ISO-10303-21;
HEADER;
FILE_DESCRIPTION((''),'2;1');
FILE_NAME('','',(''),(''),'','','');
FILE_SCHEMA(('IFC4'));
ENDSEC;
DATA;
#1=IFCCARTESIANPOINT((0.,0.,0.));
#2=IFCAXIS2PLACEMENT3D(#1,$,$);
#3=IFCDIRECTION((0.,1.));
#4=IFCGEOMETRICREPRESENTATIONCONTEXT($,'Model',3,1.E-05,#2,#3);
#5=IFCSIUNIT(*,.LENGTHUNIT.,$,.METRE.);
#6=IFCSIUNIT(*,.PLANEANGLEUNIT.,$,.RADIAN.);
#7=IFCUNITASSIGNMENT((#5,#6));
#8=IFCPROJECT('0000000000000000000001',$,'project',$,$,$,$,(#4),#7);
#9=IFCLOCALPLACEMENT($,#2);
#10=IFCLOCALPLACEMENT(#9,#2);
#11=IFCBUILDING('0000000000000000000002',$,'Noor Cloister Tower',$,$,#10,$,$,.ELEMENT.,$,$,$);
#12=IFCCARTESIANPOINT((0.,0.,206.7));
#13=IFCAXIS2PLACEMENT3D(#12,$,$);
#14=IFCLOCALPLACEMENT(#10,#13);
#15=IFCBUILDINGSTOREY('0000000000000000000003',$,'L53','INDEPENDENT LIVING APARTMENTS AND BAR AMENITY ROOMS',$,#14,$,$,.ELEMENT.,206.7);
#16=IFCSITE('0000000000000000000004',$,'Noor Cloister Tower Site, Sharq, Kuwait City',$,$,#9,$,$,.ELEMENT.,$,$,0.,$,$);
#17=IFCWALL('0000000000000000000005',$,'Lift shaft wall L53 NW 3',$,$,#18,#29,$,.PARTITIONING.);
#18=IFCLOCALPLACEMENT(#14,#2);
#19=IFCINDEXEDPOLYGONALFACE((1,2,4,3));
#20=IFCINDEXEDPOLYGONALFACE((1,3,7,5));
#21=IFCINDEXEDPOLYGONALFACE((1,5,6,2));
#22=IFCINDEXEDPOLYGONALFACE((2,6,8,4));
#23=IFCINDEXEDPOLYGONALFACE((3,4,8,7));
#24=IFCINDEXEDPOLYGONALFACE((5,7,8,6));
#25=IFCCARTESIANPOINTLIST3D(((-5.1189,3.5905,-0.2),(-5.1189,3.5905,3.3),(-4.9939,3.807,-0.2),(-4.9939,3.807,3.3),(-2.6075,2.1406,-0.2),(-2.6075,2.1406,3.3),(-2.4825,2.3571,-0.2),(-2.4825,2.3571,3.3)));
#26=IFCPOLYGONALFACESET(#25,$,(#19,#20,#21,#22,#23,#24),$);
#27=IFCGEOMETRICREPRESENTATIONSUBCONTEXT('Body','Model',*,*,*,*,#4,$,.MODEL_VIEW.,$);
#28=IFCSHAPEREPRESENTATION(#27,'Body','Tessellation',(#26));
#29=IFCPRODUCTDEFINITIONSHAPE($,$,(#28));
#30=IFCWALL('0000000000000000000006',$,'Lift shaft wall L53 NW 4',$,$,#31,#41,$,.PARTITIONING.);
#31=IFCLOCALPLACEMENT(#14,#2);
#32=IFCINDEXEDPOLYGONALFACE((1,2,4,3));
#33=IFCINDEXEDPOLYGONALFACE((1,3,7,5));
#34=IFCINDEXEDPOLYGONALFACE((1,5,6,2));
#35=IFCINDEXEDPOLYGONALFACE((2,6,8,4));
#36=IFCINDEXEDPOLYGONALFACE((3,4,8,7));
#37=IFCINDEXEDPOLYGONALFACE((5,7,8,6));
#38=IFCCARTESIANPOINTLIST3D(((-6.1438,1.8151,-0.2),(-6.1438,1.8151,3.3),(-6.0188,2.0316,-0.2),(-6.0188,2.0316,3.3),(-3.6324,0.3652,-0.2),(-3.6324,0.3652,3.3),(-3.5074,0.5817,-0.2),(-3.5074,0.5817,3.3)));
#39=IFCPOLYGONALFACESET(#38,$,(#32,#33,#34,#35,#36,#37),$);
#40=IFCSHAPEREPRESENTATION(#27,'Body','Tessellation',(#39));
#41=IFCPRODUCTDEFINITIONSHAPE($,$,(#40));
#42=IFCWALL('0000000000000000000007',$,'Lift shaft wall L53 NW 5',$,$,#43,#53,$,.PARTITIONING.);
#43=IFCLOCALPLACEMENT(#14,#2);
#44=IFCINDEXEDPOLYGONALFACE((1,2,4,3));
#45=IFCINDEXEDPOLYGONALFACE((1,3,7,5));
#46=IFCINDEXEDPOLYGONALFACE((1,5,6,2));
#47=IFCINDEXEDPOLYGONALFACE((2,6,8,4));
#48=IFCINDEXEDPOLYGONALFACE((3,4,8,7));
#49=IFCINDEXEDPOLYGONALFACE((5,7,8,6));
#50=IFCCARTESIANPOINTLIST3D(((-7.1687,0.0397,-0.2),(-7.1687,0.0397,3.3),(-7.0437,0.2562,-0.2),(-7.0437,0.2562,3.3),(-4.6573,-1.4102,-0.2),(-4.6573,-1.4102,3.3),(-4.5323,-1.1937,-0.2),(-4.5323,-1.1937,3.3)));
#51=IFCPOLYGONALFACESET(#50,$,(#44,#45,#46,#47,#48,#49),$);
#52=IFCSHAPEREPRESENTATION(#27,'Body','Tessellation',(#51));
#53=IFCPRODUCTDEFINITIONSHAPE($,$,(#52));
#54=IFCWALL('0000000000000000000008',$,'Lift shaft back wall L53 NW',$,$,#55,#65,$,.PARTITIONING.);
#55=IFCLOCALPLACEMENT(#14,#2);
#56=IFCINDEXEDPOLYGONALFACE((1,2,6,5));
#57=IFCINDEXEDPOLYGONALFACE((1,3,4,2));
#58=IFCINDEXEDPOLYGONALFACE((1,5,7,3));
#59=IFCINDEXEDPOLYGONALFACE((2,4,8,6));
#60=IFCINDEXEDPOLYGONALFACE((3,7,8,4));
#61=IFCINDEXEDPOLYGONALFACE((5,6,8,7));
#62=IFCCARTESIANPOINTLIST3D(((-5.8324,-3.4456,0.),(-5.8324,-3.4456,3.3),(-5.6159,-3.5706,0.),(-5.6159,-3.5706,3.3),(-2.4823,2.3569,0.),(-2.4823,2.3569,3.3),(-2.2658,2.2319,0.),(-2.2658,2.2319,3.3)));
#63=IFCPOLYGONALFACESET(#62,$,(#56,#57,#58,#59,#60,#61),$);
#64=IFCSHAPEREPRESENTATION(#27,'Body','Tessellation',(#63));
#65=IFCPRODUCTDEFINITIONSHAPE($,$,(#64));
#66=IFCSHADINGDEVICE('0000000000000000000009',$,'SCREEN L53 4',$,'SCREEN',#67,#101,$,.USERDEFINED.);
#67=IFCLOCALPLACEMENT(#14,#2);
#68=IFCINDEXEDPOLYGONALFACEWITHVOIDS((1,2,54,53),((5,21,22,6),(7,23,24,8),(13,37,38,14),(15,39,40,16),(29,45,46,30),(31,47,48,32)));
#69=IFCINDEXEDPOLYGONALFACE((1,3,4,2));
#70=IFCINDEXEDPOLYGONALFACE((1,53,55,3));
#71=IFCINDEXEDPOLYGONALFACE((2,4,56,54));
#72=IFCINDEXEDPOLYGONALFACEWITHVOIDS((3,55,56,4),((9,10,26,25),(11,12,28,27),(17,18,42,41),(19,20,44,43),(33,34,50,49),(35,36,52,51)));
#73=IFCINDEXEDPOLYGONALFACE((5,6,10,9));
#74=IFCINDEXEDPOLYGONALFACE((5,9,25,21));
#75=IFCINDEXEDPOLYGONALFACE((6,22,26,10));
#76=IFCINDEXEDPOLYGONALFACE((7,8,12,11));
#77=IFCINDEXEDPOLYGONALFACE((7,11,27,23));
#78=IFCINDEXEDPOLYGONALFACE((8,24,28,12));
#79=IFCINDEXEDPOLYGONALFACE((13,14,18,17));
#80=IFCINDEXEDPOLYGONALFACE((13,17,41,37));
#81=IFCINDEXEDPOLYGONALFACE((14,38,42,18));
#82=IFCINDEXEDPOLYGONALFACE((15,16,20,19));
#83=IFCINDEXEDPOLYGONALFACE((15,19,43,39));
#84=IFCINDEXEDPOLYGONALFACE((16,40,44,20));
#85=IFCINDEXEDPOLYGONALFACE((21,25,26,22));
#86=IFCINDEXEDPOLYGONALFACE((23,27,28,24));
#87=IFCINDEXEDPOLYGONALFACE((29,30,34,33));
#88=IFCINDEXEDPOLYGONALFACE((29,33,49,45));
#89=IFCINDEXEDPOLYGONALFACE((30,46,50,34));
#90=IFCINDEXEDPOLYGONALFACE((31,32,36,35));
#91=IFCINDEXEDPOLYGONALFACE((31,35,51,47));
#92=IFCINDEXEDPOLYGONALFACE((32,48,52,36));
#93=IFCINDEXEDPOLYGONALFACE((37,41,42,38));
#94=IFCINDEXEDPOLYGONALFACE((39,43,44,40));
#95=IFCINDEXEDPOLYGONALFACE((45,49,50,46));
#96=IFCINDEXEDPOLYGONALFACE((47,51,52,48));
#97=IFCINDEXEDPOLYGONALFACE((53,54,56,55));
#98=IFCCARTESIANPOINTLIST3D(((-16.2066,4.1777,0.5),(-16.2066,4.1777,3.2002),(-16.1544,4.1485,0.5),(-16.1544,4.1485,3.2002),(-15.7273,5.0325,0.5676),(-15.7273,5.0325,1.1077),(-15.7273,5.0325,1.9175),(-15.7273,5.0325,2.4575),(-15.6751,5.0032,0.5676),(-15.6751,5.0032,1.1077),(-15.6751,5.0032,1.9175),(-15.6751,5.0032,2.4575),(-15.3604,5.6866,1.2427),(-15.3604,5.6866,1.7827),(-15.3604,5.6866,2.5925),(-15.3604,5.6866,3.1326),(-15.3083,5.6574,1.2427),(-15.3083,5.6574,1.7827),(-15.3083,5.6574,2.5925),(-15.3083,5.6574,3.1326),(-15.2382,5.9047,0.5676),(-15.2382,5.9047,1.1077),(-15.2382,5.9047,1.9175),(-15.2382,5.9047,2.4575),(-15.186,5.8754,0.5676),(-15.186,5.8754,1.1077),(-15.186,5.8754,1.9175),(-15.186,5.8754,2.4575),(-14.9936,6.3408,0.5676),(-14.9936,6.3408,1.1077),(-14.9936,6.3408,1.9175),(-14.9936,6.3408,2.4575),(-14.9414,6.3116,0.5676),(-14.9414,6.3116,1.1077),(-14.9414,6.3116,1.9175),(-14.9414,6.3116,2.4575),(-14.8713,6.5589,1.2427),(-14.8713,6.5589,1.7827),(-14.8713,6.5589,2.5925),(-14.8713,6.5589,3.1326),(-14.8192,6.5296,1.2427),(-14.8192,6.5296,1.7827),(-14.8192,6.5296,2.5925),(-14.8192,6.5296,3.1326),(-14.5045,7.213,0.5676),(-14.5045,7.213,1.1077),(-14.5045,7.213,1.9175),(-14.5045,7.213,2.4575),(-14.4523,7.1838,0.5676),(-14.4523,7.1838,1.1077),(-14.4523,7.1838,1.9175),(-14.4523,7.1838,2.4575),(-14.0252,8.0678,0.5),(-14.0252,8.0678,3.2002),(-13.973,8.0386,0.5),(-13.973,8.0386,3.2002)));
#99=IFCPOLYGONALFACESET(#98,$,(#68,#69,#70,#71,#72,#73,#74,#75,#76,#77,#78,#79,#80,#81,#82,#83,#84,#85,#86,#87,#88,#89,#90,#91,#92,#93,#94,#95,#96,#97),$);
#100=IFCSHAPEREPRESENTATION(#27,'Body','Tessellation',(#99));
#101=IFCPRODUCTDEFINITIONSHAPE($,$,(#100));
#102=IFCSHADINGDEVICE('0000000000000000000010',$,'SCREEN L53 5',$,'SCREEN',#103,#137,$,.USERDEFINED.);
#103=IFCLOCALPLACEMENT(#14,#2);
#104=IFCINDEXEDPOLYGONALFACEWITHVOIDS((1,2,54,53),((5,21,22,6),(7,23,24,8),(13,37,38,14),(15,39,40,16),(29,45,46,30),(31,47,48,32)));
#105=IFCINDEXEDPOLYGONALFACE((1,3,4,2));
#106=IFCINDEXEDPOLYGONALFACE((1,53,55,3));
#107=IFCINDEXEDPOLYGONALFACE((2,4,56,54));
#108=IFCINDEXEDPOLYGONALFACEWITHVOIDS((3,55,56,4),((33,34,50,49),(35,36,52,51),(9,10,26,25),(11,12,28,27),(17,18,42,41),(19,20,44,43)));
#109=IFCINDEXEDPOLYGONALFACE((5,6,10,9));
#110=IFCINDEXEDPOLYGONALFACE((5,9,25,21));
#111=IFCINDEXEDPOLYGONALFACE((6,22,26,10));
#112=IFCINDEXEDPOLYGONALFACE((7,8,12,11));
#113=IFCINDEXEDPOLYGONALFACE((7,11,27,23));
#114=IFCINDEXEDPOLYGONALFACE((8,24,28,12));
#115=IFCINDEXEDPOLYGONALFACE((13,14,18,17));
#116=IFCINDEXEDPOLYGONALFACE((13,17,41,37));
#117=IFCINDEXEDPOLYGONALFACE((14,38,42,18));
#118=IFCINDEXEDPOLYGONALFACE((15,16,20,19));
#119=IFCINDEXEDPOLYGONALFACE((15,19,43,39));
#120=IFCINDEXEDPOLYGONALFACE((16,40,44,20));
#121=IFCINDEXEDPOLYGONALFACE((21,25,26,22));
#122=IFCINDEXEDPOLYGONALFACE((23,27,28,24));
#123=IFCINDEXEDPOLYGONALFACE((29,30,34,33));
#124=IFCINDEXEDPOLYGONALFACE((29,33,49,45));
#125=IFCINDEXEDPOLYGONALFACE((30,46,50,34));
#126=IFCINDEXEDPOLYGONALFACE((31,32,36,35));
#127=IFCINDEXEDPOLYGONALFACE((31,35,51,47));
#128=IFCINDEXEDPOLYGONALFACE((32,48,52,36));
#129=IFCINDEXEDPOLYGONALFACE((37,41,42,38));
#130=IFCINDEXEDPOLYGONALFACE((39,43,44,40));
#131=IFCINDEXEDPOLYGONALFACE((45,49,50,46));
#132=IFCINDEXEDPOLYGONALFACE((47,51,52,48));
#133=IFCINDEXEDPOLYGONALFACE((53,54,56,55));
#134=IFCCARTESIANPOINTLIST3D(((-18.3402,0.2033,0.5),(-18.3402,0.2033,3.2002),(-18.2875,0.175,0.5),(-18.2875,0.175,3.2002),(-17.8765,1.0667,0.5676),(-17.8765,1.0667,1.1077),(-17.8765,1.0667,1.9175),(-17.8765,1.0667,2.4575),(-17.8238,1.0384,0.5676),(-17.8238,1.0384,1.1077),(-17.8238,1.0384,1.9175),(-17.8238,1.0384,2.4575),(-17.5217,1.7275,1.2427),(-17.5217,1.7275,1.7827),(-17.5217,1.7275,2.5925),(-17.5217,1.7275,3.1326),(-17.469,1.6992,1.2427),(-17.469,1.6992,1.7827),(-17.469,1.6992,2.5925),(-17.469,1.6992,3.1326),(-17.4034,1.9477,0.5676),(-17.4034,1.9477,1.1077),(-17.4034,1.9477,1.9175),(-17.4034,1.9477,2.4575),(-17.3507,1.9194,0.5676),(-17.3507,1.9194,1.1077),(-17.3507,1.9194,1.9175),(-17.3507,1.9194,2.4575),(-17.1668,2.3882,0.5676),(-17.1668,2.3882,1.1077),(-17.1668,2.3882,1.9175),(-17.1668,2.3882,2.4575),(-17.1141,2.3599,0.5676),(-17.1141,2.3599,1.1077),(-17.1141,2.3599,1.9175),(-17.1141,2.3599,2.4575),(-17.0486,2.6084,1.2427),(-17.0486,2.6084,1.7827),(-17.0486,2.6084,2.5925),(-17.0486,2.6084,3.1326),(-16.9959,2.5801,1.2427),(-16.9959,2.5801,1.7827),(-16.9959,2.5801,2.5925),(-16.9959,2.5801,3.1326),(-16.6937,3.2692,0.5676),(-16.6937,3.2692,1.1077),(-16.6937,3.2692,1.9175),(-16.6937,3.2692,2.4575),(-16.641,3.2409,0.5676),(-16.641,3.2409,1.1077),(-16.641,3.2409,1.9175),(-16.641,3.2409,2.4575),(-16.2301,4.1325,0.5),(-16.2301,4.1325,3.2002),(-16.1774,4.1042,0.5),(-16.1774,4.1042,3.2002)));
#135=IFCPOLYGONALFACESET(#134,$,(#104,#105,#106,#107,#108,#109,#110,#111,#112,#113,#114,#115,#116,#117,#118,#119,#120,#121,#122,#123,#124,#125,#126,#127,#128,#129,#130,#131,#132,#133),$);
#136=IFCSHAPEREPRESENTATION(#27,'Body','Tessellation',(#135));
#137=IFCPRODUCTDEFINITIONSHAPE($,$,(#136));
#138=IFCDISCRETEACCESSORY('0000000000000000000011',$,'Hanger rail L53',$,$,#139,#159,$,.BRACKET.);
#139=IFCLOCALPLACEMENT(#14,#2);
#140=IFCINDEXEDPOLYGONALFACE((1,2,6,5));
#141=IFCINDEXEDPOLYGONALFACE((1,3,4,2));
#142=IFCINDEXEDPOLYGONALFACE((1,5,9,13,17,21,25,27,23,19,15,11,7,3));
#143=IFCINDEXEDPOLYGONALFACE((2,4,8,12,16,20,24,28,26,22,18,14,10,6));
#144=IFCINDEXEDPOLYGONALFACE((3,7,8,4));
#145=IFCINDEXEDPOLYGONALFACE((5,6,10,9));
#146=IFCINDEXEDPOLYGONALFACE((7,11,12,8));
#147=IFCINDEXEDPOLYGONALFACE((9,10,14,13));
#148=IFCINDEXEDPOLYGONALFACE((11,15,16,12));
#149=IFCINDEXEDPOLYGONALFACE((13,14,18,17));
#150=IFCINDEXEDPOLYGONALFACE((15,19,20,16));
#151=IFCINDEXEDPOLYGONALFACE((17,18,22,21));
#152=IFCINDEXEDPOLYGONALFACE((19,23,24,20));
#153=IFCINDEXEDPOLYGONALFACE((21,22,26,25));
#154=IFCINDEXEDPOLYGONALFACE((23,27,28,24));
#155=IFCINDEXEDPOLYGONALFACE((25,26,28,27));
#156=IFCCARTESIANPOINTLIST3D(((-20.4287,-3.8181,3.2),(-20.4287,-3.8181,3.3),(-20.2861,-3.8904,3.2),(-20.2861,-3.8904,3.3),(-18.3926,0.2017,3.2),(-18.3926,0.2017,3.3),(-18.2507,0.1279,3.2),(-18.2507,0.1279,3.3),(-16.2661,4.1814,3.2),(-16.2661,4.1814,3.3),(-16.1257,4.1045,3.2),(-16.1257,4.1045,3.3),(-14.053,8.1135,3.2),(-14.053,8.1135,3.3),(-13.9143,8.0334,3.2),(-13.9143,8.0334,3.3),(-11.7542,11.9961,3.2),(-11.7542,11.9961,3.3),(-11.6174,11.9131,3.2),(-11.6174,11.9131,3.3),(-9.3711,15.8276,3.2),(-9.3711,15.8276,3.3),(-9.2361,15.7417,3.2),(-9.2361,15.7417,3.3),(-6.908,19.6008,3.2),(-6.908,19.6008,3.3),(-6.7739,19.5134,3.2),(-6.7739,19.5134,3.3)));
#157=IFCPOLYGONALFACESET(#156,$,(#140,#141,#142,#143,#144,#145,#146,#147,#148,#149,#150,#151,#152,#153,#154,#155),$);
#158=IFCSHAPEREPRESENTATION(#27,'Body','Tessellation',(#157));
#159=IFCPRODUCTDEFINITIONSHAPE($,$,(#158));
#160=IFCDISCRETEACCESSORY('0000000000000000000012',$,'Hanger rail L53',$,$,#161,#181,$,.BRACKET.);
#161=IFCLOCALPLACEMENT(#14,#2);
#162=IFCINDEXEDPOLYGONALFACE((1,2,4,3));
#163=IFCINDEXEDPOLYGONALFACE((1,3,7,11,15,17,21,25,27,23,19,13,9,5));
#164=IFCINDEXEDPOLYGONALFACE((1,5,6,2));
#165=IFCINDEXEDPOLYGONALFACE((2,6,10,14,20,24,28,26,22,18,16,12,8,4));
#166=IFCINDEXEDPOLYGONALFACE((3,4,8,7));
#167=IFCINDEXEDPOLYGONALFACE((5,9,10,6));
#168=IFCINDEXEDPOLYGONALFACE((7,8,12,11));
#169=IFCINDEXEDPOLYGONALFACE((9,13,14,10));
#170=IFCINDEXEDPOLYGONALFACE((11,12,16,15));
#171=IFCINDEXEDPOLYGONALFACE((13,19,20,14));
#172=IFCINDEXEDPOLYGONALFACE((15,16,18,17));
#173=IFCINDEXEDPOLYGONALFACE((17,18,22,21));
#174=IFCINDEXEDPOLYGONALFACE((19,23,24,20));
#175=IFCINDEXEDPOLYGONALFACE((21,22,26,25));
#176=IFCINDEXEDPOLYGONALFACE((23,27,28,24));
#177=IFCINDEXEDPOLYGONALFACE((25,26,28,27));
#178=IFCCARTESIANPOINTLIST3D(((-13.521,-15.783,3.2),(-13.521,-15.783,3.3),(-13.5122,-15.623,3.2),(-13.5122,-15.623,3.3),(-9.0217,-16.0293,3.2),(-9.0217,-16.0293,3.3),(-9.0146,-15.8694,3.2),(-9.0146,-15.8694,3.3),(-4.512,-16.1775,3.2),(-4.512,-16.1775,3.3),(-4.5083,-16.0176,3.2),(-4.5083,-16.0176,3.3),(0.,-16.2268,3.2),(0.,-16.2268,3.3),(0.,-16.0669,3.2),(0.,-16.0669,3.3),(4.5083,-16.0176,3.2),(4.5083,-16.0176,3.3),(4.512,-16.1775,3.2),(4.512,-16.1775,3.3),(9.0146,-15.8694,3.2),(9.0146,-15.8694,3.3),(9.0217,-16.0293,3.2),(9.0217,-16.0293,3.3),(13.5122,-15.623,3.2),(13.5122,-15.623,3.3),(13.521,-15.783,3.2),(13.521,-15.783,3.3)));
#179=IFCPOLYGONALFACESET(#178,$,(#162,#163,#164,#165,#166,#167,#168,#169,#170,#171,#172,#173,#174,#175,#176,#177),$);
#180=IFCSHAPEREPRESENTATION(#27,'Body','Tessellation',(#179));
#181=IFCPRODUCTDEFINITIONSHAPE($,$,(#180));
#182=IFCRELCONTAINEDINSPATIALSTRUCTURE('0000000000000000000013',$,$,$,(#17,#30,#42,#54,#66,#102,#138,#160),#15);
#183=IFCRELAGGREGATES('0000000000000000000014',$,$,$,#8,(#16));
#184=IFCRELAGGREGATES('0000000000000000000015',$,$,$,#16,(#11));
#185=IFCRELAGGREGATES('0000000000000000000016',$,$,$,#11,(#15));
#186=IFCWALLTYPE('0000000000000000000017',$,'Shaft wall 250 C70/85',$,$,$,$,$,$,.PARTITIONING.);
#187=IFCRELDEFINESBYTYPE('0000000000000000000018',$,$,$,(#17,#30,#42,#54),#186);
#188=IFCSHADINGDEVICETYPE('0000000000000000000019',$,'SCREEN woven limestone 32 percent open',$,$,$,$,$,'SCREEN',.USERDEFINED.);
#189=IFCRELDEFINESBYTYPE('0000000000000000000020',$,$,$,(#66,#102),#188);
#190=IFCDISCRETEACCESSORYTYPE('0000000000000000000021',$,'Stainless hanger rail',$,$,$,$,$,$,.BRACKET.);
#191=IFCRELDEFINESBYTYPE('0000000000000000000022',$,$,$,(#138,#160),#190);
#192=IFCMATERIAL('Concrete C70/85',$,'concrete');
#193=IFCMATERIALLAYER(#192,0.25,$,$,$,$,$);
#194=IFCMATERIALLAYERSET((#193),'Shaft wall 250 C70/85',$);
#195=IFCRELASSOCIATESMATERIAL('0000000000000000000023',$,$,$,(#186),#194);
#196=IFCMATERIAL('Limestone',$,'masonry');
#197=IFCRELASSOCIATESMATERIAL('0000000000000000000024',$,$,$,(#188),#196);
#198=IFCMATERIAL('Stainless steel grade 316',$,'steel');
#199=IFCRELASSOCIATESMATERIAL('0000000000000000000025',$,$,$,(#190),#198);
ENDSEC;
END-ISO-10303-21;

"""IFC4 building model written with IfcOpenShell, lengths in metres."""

from ifc_helpers import new_model, si_unit, direction, frame, frame_2d, origin, place, context, subcontext, project, spatial, polyline, rectangle, outline, extrude, material, layer, layer_set, material_profile, profile_set, type_object, element, save


model = new_model("IFC4")

# Units and contexts
model_context = context("Model", 3, precision=1e-05, world=origin(), true_north=direction((0.0, 1.0)))
body_context = subcontext(model_context, "Body", "Model", "MODEL_VIEW")
ifc_project = project(units=[si_unit("LENGTHUNIT", "METRE"), si_unit("PLANEANGLEUNIT", "RADIAN")], contexts=[model_context])

# Site, building, storey
site_placement = place(None, origin())
site = spatial("IfcSite", under=ifc_project, at=site_placement, Name="Noor Cloister Tower Site, Sharq, Kuwait City", CompositionType="ELEMENT", RefElevation=0.0)
building_placement = place(site_placement, origin())
building = spatial("IfcBuilding", under=site, at=building_placement, Name="Noor Cloister Tower", CompositionType="ELEMENT")
storey_placement = place(building_placement, frame((0.0, 0.0, 206.7)))
storey = spatial("IfcBuildingStorey", under=building, at=storey_placement, Name="L53", Description="INDEPENDENT LIVING APARTMENTS AND BAR AMENITY ROOMS", CompositionType="ELEMENT", Elevation=206.7)

# Walls
ifc_material_1 = material(Name="Concrete C70/85", Category="concrete")
ifc_layer_1 = layer(ifc_material_1, 0.25)
ifc_layer_set_1 = layer_set([ifc_layer_1], Name="Shaft wall 250 C70/85")
wall_type_1 = type_object("IfcWallType", Name="Shaft wall 250 C70/85", PredefinedType="PARTITIONING", material=ifc_layer_set_1)
for number, where, z_axis, x_axis, name in (
    (1, (-5.0564, 3.6987, -0.2), (0.0, 0.0, 1.0), (0.866033, -0.499987, 0.0), "Lift shaft wall L53 NW 3"),
    (2, (-6.0813, 1.9233, -0.2), (0.0, 0.0, 1.0), (0.866033, -0.499987, 0.0), "Lift shaft wall L53 NW 4"),
    (3, (-7.1062, 0.1479, -0.2), (0.0, 0.0, 1.0), (0.866033, -0.499987, 0.0), "Lift shaft wall L53 NW 5"),
):
    element("IfcWall", number, at=place(storey_placement, frame(where, z_axis=z_axis, x_axis=x_axis)), inside=storey, type_object=wall_type_1, Name=name, PredefinedType="PARTITIONING", context=body_context, shape_type="SweptSolid", body=[
        extrude(rectangle(XDim=2.8999, YDim=0.25, at=frame_2d((1.45, 0.0))), origin(), (0.0, 0.0, 1.0), 3.5),
    ])
wall_1_placement = place(storey_placement, frame((-2.374, 2.2944, 0.0), z_axis=(0.0, 0.0, 1.0), x_axis=(-0.500003, -0.866024, 0.0)))
element("IfcWall", 4, at=wall_1_placement, inside=storey, type_object=wall_type_1, Name="Lift shaft back wall L53 NW", PredefinedType="PARTITIONING", context=body_context, shape_type="SweptSolid", body=[
    extrude(rectangle(XDim=6.7002, YDim=0.25, at=frame_2d((3.3501, 0.0))), origin(), (0.0, 0.0, 1.0), 3.3),
])

# Shading devices
ifc_material_2 = material(Name="Limestone", Category="masonry")
ifc_material_profile_1 = material_profile(ifc_material_2, outline(polyline([(-2.23, -1.3501), (2.23, -1.3501), (2.23, 1.3501), (-2.23, 1.3501), (-2.23, -1.3501)]), holes=[polyline([(-1.25, -1.2825), (-0.25, -1.2825), (-0.25, -0.7424), (-1.25, -0.7424), (-1.25, -1.2825)]), polyline([(0.25, -1.2825), (1.25, -1.2825), (1.25, -0.7424), (0.25, -0.7424), (0.25, -1.2825)]), polyline([(-0.5, -0.6074), (0.5, -0.6074), (0.5, -0.0674), (-0.5, -0.0674), (-0.5, -0.6074)]), polyline([(-1.25, 0.0674), (-0.25, 0.0674), (-0.25, 0.6074), (-1.25, 0.6074), (-1.25, 0.0674)]), polyline([(0.25, 0.0674), (1.25, 0.0674), (1.25, 0.6074), (0.25, 0.6074), (0.25, 0.0674)]), polyline([(-0.5, 0.7424), (0.5, 0.7424), (0.5, 1.2825), (-0.5, 1.2825), (-0.5, 0.7424)])]), Name="Woven screen 32 percent open")
ifc_profile_set_1 = profile_set([ifc_material_profile_1], Name="Limestone")
shading_device_type = type_object("IfcShadingDeviceType", Name="SCREEN woven limestone 32 percent open", ElementType="SCREEN", PredefinedType="USERDEFINED", material=ifc_profile_set_1)
for number, where, z_axis, x_axis, name in (
    (5, (-15.0637, 6.0935, 1.8501), (-0.872228, 0.4891, 0.0), (-0.4891, -0.872228, 0.0), "SCREEN L53 4"),
    (6, (-17.2324, 2.1396, 1.8501), (-0.880994, 0.473127, 0.0), (-0.473127, -0.880994, 0.0), "SCREEN L53 5"),
):
    element("IfcShadingDevice", number, at=place(storey_placement, frame(where, z_axis=z_axis, x_axis=x_axis)), inside=storey, type_object=shading_device_type, Name=name, ObjectType="SCREEN", PredefinedType="USERDEFINED", context=body_context, shape_type="SweptSolid", body=[
        extrude(outline(polyline([(-2.23, -1.3501), (2.23, -1.3501), (2.23, 1.3501), (-2.23, 1.3501), (-2.23, -1.3501)]), holes=[polyline([(-1.25, -1.2825), (-0.25, -1.2825), (-0.25, -0.7424), (-1.25, -0.7424), (-1.25, -1.2825)]), polyline([(0.25, -1.2825), (1.25, -1.2825), (1.25, -0.7424), (0.25, -0.7424), (0.25, -1.2825)]), polyline([(-0.5, -0.6074), (0.5, -0.6074), (0.5, -0.0674), (-0.5, -0.0674), (-0.5, -0.6074)]), polyline([(-1.25, 0.0674), (-0.25, 0.0674), (-0.25, 0.6074), (-1.25, 0.6074), (-1.25, 0.0674)]), polyline([(0.25, 0.0674), (1.25, 0.0674), (1.25, 0.6074), (0.25, 0.6074), (0.25, 0.0674)]), polyline([(-0.5, 0.7424), (0.5, 0.7424), (0.5, 1.2825), (-0.5, 1.2825), (-0.5, 0.7424)])]), origin(), (0.0, 0.0, 1.0), 0.0598),
    ])

# Discrete accessories
ifc_material_3 = material(Name="Stainless steel grade 316", Category="steel")
discrete_accessory_type = type_object("IfcDiscreteAccessoryType", Name="Stainless hanger rail", PredefinedType="BRACKET", material=ifc_material_3)
discrete_accessory_1_placement = place(storey_placement, frame((0.0, 0.0, 3.2)))
element("IfcDiscreteAccessory", 7, at=discrete_accessory_1_placement, inside=storey, type_object=discrete_accessory_type, Name="Hanger rail L53", PredefinedType="BRACKET", context=body_context, shape_type="SweptSolid", body=[
    extrude(outline(polyline([(-6.908, 19.6008), (-9.3711, 15.8276), (-11.7542, 11.9961), (-14.053, 8.1135), (-16.2661, 4.1814), (-18.3926, 0.2017), (-20.4287, -3.8181), (-20.2861, -3.8904), (-18.2507, 0.1279), (-16.1257, 4.1045), (-13.9143, 8.0334), (-11.6174, 11.9131), (-9.2361, 15.7417), (-6.7739, 19.5134), (-6.908, 19.6008)])), origin(), (0.0, 0.0, 1.0), 0.1001),
])
discrete_accessory_2_placement = place(storey_placement, frame((0.0, 0.0, 3.2)))
element("IfcDiscreteAccessory", 8, at=discrete_accessory_2_placement, inside=storey, type_object=discrete_accessory_type, Name="Hanger rail L53", PredefinedType="BRACKET", context=body_context, shape_type="SweptSolid", body=[
    extrude(outline(polyline([(-13.521, -15.783), (-9.0217, -16.0293), (-4.512, -16.1775), (0.0, -16.2268), (4.512, -16.1775), (9.0217, -16.0293), (13.521, -15.783), (13.5122, -15.623), (9.0146, -15.8694), (4.5083, -16.0176), (0.0, -16.0669), (-4.5083, -16.0176), (-9.0146, -15.8694), (-13.5122, -15.623), (-13.521, -15.783)])), origin(), (0.0, 0.0, 1.0), 0.1001),
])

save(model, "model.ifc")
